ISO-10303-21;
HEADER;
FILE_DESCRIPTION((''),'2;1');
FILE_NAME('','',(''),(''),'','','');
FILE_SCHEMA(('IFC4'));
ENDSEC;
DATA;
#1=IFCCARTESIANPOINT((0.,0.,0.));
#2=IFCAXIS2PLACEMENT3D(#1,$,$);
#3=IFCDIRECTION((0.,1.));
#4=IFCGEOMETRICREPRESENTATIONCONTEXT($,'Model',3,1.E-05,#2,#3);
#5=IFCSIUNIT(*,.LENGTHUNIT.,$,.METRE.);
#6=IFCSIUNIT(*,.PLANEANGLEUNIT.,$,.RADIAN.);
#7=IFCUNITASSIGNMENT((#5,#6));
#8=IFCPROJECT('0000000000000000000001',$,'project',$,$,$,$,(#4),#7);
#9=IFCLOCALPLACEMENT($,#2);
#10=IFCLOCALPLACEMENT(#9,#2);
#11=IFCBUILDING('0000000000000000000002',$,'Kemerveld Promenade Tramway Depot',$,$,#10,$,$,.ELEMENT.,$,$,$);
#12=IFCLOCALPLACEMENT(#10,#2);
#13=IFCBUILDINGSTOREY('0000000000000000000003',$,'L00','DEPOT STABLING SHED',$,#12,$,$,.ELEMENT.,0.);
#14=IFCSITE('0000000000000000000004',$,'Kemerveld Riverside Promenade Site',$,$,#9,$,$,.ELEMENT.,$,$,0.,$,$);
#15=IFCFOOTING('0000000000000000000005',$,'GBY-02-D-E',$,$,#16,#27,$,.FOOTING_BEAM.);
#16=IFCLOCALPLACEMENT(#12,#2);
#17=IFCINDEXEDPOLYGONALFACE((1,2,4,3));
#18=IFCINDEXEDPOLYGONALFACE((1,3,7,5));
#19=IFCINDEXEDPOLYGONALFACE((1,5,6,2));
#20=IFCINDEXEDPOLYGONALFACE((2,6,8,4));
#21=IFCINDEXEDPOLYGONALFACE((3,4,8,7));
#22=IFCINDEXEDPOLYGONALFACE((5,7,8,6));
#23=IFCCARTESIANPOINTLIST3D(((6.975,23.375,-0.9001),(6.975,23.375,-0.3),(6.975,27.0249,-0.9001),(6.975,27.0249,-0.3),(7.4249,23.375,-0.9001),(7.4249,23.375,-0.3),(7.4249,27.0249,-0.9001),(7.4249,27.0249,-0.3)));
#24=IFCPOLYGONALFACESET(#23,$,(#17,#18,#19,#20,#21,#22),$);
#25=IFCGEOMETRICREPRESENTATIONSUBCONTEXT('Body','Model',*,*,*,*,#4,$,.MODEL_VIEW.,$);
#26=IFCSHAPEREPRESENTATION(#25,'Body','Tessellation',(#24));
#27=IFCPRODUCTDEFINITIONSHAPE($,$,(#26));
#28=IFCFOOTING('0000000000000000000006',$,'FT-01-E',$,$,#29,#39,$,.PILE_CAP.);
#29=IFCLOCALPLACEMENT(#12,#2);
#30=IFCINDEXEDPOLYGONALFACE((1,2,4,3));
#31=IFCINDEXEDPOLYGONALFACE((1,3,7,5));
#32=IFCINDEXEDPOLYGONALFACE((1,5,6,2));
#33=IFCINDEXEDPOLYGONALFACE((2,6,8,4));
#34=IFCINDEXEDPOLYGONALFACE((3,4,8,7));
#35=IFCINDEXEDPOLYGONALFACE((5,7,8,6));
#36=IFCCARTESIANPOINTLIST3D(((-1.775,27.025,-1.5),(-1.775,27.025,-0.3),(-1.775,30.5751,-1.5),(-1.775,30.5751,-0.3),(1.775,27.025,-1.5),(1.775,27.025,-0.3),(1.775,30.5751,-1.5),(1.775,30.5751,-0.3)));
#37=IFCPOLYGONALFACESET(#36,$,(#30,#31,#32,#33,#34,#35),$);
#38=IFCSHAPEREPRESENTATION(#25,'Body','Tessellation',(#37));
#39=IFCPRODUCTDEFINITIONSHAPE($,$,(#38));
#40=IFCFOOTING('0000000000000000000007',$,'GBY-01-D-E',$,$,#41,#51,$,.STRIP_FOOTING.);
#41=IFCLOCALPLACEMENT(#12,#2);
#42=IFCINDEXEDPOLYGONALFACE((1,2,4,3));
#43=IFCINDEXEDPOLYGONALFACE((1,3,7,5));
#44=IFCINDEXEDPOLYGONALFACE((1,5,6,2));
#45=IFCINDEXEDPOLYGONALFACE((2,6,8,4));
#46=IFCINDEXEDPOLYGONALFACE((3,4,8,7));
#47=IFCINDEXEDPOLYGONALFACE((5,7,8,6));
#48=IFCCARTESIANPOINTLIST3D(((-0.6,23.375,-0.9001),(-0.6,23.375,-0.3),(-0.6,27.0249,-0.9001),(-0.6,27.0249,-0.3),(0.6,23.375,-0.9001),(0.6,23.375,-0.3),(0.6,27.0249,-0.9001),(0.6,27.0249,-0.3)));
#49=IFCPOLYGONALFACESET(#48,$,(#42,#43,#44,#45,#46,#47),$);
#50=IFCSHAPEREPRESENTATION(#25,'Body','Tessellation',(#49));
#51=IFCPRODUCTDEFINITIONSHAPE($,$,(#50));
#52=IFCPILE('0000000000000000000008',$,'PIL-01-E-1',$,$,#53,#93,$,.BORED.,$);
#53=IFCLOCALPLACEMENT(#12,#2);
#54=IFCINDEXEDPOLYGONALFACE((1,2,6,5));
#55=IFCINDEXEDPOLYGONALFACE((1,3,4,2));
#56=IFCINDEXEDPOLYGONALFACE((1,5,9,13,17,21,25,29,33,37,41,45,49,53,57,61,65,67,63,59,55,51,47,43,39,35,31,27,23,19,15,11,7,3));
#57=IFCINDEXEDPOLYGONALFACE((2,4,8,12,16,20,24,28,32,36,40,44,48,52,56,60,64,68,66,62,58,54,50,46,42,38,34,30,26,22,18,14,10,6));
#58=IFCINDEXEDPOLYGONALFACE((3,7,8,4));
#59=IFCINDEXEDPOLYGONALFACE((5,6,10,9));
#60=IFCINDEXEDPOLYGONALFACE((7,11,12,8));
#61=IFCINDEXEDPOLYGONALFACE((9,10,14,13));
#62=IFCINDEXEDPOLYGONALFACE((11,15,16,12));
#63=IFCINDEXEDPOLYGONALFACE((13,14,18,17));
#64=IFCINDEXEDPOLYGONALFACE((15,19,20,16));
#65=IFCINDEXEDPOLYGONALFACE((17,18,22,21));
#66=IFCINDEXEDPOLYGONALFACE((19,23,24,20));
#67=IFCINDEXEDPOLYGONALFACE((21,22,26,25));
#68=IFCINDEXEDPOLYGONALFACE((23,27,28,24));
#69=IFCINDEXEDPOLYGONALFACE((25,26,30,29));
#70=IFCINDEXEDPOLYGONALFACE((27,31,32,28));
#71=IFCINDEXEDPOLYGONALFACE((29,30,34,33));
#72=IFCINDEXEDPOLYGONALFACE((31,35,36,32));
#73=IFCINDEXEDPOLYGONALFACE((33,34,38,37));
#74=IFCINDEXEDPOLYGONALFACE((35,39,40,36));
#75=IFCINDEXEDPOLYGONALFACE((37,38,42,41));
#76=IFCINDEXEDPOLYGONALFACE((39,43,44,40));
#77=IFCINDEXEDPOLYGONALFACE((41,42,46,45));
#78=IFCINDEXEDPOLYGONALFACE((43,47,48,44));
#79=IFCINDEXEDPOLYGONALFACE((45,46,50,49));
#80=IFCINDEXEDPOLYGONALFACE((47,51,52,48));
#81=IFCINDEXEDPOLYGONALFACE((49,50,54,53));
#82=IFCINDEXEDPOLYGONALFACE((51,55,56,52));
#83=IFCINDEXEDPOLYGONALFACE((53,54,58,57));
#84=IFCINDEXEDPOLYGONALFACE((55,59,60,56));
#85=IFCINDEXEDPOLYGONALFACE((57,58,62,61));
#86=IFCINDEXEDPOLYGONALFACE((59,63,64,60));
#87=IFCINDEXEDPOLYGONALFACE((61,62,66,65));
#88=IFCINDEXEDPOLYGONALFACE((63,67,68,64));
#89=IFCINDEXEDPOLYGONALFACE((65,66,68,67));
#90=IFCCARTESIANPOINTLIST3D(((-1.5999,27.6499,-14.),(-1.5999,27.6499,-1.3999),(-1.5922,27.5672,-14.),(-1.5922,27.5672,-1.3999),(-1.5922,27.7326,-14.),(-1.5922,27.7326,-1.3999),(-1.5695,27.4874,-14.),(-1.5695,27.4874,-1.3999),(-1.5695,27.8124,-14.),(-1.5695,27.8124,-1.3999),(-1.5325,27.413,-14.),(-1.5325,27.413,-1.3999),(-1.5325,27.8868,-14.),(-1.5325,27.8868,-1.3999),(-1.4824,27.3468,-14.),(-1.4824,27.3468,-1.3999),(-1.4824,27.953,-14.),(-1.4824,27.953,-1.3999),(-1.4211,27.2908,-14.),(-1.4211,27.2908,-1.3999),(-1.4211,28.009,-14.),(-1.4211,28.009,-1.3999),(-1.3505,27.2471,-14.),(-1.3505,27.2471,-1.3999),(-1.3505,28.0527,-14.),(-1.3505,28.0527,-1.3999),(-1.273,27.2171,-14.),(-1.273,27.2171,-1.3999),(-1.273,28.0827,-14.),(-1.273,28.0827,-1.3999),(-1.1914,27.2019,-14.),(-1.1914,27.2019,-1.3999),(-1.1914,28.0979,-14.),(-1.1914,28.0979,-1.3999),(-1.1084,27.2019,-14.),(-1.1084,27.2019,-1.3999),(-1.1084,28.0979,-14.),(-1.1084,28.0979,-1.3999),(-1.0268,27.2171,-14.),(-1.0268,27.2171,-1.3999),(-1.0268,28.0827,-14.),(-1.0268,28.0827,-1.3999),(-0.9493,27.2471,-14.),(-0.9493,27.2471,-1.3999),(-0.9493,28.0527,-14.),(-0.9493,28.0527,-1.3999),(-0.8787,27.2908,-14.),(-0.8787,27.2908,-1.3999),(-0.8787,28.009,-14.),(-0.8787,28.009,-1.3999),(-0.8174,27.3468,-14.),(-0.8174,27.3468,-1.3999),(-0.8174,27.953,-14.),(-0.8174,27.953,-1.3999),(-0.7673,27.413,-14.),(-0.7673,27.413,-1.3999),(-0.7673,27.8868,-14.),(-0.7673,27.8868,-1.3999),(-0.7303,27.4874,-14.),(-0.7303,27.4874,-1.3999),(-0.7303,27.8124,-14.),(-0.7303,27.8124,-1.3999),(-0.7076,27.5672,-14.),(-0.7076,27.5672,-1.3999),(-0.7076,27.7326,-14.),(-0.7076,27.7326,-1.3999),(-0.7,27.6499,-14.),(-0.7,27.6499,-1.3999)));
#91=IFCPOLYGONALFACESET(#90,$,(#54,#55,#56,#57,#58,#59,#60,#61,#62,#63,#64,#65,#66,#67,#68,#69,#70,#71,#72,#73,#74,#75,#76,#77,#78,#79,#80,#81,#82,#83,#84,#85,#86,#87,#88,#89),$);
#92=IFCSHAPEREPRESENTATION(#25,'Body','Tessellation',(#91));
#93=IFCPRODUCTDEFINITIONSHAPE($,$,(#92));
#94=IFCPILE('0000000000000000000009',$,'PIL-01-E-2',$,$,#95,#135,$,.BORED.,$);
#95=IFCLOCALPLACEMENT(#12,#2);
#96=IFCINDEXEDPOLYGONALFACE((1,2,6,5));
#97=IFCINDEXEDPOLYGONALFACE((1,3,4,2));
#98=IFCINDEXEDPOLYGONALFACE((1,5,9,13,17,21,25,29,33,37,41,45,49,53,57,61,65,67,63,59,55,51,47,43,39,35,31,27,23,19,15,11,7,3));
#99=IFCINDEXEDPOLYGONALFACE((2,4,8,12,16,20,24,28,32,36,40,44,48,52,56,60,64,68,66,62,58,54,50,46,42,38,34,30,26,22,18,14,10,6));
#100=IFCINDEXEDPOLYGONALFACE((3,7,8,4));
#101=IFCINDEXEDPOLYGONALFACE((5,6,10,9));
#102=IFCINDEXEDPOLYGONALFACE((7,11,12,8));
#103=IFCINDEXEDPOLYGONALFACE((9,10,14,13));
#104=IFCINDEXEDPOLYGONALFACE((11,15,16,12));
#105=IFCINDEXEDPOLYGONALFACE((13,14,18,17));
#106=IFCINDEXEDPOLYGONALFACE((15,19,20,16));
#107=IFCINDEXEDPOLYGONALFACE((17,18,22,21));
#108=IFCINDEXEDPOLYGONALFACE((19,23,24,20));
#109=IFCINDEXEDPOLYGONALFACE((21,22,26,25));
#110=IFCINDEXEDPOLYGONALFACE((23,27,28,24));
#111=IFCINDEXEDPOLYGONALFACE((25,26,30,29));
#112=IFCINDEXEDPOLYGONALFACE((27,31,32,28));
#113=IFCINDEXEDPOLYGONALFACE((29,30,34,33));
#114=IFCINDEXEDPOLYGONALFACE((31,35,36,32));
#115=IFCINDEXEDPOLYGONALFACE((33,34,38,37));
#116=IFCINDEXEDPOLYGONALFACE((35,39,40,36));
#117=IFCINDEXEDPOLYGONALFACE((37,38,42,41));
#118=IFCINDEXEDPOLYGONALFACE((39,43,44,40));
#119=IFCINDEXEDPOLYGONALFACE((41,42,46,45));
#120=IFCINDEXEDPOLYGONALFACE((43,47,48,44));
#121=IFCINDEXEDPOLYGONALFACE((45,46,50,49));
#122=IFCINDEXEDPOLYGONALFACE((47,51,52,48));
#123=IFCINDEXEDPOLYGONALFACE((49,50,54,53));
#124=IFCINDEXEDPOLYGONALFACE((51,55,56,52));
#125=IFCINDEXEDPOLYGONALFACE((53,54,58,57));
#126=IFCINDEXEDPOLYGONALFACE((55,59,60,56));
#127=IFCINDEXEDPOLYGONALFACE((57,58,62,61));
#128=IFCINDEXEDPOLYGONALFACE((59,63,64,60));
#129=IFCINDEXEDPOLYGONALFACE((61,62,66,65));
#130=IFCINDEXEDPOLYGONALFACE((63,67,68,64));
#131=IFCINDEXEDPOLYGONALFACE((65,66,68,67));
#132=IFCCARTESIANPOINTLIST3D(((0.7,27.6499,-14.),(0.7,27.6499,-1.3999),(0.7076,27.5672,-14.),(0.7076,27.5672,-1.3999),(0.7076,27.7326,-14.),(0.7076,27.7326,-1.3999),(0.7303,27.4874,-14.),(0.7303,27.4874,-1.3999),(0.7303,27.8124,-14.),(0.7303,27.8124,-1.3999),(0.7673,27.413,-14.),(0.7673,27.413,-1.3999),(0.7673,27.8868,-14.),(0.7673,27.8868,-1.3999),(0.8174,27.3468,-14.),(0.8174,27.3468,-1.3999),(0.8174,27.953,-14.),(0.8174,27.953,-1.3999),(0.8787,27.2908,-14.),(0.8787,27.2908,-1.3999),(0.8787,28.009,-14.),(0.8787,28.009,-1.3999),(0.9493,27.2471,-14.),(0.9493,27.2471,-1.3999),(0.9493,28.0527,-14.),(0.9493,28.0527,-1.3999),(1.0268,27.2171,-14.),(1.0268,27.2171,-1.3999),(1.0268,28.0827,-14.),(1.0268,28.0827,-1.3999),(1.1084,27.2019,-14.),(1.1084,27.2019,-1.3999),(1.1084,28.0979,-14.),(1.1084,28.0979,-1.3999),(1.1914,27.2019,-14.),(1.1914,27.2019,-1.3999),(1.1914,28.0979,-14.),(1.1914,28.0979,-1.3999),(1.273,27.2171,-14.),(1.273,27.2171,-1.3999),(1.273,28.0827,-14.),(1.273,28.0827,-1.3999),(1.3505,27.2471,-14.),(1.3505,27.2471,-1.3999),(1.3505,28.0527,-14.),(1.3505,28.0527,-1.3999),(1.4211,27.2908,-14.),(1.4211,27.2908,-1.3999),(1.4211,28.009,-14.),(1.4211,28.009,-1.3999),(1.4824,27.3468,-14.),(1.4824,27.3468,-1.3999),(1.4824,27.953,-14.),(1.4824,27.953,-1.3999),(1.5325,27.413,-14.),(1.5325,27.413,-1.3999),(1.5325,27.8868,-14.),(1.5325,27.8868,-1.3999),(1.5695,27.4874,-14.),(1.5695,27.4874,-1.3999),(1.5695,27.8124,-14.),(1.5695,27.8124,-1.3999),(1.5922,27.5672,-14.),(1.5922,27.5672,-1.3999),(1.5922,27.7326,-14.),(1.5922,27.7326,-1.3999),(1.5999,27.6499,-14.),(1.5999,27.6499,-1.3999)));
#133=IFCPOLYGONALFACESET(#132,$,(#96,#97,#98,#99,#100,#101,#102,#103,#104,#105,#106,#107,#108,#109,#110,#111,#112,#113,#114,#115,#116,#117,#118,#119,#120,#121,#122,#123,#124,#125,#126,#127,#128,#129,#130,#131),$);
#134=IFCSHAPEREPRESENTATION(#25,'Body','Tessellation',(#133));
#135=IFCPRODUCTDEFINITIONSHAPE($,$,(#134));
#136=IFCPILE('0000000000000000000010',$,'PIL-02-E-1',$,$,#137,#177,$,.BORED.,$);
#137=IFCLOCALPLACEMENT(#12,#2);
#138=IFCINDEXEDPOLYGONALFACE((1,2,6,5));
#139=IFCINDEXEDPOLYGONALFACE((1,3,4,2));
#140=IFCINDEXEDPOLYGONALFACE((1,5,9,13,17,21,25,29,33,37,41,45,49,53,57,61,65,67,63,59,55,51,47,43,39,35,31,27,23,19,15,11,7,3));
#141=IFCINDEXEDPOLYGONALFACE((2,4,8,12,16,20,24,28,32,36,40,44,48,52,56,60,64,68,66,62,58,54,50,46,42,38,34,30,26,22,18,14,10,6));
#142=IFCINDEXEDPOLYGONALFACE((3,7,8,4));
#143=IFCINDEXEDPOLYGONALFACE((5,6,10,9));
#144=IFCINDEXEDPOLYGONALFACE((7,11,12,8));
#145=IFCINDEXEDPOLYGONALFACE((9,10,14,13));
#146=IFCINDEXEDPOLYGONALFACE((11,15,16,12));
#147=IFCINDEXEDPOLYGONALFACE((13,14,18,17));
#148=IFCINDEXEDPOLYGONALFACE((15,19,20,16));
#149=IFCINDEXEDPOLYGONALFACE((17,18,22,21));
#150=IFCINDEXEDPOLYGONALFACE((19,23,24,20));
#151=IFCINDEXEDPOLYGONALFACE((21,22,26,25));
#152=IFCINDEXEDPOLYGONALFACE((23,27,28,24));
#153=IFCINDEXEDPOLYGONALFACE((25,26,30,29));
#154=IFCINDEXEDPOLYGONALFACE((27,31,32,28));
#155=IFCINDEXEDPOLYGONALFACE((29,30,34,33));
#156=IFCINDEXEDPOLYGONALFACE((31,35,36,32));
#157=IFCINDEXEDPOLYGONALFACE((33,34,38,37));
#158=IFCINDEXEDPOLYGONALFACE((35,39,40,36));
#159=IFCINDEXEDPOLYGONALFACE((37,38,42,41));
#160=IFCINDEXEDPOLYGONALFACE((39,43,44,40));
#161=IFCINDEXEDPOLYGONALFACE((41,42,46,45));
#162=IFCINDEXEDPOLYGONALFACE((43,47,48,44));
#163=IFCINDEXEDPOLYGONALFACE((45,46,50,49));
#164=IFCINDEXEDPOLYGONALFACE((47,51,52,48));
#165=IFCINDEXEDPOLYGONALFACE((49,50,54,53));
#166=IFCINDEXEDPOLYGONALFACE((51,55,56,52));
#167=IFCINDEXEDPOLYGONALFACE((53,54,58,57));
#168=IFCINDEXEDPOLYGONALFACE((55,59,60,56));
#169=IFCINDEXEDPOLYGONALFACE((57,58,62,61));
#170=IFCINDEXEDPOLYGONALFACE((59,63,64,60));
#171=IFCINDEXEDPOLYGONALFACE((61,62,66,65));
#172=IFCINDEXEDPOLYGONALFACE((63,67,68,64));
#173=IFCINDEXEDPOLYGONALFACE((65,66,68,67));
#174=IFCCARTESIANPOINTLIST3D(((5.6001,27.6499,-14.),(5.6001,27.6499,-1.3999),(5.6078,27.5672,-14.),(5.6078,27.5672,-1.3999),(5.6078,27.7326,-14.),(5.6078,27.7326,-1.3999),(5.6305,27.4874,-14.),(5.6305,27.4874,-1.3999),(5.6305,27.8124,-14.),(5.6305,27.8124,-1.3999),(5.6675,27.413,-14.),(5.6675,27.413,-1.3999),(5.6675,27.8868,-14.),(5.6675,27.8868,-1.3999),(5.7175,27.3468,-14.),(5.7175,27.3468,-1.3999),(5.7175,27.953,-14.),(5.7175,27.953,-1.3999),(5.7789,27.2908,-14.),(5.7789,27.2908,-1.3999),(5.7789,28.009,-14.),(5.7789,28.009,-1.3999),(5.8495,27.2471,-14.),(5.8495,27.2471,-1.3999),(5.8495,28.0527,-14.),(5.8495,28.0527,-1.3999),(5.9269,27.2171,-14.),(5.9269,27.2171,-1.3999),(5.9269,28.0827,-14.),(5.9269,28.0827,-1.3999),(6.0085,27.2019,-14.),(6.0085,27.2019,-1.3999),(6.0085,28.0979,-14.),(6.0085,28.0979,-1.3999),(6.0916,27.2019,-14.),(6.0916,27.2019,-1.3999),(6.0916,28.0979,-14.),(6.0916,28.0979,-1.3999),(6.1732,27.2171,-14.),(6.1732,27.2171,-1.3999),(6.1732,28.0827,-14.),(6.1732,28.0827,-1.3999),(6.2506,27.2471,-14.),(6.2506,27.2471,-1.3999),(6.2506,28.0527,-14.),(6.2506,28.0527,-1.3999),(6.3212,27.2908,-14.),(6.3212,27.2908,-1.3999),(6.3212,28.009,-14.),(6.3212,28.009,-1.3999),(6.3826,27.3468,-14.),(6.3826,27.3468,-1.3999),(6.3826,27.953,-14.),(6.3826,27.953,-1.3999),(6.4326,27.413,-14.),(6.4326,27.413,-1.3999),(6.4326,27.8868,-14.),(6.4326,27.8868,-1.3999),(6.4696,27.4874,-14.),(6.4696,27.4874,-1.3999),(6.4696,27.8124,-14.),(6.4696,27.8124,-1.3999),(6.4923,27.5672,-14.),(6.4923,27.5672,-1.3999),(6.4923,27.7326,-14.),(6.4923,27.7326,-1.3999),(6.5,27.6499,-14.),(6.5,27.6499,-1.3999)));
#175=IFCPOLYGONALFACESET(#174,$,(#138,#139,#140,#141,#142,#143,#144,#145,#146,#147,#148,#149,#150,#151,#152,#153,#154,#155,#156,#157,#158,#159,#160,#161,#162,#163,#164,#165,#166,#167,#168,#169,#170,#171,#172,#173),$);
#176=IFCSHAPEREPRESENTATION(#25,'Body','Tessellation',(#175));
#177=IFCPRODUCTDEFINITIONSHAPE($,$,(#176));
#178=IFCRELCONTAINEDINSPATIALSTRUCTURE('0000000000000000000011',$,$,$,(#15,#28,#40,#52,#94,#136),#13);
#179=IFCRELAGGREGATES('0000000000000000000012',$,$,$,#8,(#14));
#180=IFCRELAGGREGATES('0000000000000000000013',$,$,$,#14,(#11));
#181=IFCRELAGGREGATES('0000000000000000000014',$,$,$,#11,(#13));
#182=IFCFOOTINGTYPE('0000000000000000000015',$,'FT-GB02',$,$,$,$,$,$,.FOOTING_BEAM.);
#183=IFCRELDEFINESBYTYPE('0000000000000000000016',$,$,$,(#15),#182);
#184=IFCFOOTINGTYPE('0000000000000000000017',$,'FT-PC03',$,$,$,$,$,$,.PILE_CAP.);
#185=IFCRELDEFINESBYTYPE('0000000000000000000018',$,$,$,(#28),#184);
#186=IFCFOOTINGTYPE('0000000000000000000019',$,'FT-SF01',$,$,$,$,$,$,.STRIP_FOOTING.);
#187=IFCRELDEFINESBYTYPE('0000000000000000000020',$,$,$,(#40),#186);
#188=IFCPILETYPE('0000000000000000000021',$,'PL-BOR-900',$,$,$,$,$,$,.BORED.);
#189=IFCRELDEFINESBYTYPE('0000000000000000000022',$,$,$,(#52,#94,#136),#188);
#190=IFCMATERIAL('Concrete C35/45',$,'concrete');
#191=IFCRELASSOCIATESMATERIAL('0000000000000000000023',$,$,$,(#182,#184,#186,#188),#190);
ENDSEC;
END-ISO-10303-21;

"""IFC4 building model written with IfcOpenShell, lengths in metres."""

from ifc_helpers import new_model, si_unit, direction, frame, origin, origin_2d, place, context, subcontext, project, spatial, rectangle, circle, extrude, material, material_profile, profile_set, type_object, element, save


model = new_model("IFC4")

# Units and contexts
model_context = context("Model", 3, precision=1e-05, world=origin(), true_north=direction((0.0, 1.0)))
body_context = subcontext(model_context, "Body", "Model", "MODEL_VIEW")
ifc_project = project(units=[si_unit("LENGTHUNIT", "METRE"), si_unit("PLANEANGLEUNIT", "RADIAN")], contexts=[model_context])

# Site, building, storey
site_placement = place(None, origin())
site = spatial("IfcSite", under=ifc_project, at=site_placement, Name="Kemerveld Riverside Promenade Site", CompositionType="ELEMENT", RefElevation=0.0)
building_placement = place(site_placement, origin())
building = spatial("IfcBuilding", under=site, at=building_placement, Name="Kemerveld Promenade Tramway Depot", CompositionType="ELEMENT")
storey_placement = place(building_placement, origin())
storey = spatial("IfcBuildingStorey", under=building, at=storey_placement, Name="L00", Description="DEPOT STABLING SHED", CompositionType="ELEMENT", Elevation=0.0)

# Footings
ifc_material_1 = material(Name="Concrete C35/45", Category="concrete")
footing_type_1 = type_object("IfcFootingType", Name="FT-GB02", PredefinedType="FOOTING_BEAM", material=ifc_material_1)
footing_1_placement = place(storey_placement, frame((7.2, 25.2, -0.9001), z_axis=(0.0, 0.0, 1.0), x_axis=(0.0, 1.0, 0.0)))
element("IfcFooting", 1, at=footing_1_placement, inside=storey, type_object=footing_type_1, Name="GBY-02-D-E", PredefinedType="FOOTING_BEAM", context=body_context, shape_type="SweptSolid", body=[
    extrude(rectangle(XDim=3.6499, YDim=0.45, at=origin_2d()), origin(), (0.0, 0.0, 1.0), 0.6001),
])
footing_type_2 = type_object("IfcFootingType", Name="FT-PC03", PredefinedType="PILE_CAP", material=ifc_material_1)
footing_2_placement = place(storey_placement, frame((0.0, 28.8, -1.5), z_axis=(0.0, 0.0, 1.0), x_axis=(1.0, 0.0, 0.0)))
element("IfcFooting", 2, at=footing_2_placement, inside=storey, type_object=footing_type_2, Name="FT-01-E", PredefinedType="PILE_CAP", context=body_context, shape_type="SweptSolid", body=[
    extrude(rectangle(XDim=3.55, YDim=3.55, at=origin_2d()), origin(), (0.0, 0.0, 1.0), 1.2),
])
footing_type_3 = type_object("IfcFootingType", Name="FT-SF01", PredefinedType="STRIP_FOOTING", material=ifc_material_1)
footing_3_placement = place(storey_placement, frame((0.0, 25.2, -0.9001), z_axis=(0.0, 0.0, 1.0), x_axis=(0.0, 1.0, 0.0)))
element("IfcFooting", 3, at=footing_3_placement, inside=storey, type_object=footing_type_3, Name="GBY-01-D-E", PredefinedType="STRIP_FOOTING", context=body_context, shape_type="SweptSolid", body=[
    extrude(rectangle(XDim=3.6499, YDim=1.2, at=origin_2d()), origin(), (0.0, 0.0, 1.0), 0.6001),
])

# Piles
ifc_material_profile_1 = material_profile(ifc_material_1, circle(Radius=0.45, at=origin_2d()), Name="PILE-D900")
ifc_profile_set_1 = profile_set([ifc_material_profile_1], Name="Concrete C35/45")
pile_type = type_object("IfcPileType", Name="PL-BOR-900", PredefinedType="BORED", material=ifc_profile_set_1)
for number, where, z_axis, x_axis, name in (
    (4, (-1.1499, 27.6499, -1.3999), (0.0, 0.0, -1.0), (1.0, 0.0, 0.0), "PIL-01-E-1"),
    (5, (1.1499, 27.6499, -1.3999), (0.0, 0.0, -1.0), (1.0, 0.0, 0.0), "PIL-01-E-2"),
    (6, (6.05, 27.6499, -1.3999), (0.0, 0.0, -1.0), (1.0, 0.0, 0.0), "PIL-02-E-1"),
):
    element("IfcPile", number, at=place(storey_placement, frame(where, z_axis=z_axis, x_axis=x_axis)), inside=storey, type_object=pile_type, Name=name, PredefinedType="BORED", context=body_context, shape_type="SweptSolid", body=[
        extrude(circle(Radius=0.45, at=origin_2d()), origin(), (0.0, 0.0, 1.0), 12.6001),
    ])

save(model, "model.ifc")
